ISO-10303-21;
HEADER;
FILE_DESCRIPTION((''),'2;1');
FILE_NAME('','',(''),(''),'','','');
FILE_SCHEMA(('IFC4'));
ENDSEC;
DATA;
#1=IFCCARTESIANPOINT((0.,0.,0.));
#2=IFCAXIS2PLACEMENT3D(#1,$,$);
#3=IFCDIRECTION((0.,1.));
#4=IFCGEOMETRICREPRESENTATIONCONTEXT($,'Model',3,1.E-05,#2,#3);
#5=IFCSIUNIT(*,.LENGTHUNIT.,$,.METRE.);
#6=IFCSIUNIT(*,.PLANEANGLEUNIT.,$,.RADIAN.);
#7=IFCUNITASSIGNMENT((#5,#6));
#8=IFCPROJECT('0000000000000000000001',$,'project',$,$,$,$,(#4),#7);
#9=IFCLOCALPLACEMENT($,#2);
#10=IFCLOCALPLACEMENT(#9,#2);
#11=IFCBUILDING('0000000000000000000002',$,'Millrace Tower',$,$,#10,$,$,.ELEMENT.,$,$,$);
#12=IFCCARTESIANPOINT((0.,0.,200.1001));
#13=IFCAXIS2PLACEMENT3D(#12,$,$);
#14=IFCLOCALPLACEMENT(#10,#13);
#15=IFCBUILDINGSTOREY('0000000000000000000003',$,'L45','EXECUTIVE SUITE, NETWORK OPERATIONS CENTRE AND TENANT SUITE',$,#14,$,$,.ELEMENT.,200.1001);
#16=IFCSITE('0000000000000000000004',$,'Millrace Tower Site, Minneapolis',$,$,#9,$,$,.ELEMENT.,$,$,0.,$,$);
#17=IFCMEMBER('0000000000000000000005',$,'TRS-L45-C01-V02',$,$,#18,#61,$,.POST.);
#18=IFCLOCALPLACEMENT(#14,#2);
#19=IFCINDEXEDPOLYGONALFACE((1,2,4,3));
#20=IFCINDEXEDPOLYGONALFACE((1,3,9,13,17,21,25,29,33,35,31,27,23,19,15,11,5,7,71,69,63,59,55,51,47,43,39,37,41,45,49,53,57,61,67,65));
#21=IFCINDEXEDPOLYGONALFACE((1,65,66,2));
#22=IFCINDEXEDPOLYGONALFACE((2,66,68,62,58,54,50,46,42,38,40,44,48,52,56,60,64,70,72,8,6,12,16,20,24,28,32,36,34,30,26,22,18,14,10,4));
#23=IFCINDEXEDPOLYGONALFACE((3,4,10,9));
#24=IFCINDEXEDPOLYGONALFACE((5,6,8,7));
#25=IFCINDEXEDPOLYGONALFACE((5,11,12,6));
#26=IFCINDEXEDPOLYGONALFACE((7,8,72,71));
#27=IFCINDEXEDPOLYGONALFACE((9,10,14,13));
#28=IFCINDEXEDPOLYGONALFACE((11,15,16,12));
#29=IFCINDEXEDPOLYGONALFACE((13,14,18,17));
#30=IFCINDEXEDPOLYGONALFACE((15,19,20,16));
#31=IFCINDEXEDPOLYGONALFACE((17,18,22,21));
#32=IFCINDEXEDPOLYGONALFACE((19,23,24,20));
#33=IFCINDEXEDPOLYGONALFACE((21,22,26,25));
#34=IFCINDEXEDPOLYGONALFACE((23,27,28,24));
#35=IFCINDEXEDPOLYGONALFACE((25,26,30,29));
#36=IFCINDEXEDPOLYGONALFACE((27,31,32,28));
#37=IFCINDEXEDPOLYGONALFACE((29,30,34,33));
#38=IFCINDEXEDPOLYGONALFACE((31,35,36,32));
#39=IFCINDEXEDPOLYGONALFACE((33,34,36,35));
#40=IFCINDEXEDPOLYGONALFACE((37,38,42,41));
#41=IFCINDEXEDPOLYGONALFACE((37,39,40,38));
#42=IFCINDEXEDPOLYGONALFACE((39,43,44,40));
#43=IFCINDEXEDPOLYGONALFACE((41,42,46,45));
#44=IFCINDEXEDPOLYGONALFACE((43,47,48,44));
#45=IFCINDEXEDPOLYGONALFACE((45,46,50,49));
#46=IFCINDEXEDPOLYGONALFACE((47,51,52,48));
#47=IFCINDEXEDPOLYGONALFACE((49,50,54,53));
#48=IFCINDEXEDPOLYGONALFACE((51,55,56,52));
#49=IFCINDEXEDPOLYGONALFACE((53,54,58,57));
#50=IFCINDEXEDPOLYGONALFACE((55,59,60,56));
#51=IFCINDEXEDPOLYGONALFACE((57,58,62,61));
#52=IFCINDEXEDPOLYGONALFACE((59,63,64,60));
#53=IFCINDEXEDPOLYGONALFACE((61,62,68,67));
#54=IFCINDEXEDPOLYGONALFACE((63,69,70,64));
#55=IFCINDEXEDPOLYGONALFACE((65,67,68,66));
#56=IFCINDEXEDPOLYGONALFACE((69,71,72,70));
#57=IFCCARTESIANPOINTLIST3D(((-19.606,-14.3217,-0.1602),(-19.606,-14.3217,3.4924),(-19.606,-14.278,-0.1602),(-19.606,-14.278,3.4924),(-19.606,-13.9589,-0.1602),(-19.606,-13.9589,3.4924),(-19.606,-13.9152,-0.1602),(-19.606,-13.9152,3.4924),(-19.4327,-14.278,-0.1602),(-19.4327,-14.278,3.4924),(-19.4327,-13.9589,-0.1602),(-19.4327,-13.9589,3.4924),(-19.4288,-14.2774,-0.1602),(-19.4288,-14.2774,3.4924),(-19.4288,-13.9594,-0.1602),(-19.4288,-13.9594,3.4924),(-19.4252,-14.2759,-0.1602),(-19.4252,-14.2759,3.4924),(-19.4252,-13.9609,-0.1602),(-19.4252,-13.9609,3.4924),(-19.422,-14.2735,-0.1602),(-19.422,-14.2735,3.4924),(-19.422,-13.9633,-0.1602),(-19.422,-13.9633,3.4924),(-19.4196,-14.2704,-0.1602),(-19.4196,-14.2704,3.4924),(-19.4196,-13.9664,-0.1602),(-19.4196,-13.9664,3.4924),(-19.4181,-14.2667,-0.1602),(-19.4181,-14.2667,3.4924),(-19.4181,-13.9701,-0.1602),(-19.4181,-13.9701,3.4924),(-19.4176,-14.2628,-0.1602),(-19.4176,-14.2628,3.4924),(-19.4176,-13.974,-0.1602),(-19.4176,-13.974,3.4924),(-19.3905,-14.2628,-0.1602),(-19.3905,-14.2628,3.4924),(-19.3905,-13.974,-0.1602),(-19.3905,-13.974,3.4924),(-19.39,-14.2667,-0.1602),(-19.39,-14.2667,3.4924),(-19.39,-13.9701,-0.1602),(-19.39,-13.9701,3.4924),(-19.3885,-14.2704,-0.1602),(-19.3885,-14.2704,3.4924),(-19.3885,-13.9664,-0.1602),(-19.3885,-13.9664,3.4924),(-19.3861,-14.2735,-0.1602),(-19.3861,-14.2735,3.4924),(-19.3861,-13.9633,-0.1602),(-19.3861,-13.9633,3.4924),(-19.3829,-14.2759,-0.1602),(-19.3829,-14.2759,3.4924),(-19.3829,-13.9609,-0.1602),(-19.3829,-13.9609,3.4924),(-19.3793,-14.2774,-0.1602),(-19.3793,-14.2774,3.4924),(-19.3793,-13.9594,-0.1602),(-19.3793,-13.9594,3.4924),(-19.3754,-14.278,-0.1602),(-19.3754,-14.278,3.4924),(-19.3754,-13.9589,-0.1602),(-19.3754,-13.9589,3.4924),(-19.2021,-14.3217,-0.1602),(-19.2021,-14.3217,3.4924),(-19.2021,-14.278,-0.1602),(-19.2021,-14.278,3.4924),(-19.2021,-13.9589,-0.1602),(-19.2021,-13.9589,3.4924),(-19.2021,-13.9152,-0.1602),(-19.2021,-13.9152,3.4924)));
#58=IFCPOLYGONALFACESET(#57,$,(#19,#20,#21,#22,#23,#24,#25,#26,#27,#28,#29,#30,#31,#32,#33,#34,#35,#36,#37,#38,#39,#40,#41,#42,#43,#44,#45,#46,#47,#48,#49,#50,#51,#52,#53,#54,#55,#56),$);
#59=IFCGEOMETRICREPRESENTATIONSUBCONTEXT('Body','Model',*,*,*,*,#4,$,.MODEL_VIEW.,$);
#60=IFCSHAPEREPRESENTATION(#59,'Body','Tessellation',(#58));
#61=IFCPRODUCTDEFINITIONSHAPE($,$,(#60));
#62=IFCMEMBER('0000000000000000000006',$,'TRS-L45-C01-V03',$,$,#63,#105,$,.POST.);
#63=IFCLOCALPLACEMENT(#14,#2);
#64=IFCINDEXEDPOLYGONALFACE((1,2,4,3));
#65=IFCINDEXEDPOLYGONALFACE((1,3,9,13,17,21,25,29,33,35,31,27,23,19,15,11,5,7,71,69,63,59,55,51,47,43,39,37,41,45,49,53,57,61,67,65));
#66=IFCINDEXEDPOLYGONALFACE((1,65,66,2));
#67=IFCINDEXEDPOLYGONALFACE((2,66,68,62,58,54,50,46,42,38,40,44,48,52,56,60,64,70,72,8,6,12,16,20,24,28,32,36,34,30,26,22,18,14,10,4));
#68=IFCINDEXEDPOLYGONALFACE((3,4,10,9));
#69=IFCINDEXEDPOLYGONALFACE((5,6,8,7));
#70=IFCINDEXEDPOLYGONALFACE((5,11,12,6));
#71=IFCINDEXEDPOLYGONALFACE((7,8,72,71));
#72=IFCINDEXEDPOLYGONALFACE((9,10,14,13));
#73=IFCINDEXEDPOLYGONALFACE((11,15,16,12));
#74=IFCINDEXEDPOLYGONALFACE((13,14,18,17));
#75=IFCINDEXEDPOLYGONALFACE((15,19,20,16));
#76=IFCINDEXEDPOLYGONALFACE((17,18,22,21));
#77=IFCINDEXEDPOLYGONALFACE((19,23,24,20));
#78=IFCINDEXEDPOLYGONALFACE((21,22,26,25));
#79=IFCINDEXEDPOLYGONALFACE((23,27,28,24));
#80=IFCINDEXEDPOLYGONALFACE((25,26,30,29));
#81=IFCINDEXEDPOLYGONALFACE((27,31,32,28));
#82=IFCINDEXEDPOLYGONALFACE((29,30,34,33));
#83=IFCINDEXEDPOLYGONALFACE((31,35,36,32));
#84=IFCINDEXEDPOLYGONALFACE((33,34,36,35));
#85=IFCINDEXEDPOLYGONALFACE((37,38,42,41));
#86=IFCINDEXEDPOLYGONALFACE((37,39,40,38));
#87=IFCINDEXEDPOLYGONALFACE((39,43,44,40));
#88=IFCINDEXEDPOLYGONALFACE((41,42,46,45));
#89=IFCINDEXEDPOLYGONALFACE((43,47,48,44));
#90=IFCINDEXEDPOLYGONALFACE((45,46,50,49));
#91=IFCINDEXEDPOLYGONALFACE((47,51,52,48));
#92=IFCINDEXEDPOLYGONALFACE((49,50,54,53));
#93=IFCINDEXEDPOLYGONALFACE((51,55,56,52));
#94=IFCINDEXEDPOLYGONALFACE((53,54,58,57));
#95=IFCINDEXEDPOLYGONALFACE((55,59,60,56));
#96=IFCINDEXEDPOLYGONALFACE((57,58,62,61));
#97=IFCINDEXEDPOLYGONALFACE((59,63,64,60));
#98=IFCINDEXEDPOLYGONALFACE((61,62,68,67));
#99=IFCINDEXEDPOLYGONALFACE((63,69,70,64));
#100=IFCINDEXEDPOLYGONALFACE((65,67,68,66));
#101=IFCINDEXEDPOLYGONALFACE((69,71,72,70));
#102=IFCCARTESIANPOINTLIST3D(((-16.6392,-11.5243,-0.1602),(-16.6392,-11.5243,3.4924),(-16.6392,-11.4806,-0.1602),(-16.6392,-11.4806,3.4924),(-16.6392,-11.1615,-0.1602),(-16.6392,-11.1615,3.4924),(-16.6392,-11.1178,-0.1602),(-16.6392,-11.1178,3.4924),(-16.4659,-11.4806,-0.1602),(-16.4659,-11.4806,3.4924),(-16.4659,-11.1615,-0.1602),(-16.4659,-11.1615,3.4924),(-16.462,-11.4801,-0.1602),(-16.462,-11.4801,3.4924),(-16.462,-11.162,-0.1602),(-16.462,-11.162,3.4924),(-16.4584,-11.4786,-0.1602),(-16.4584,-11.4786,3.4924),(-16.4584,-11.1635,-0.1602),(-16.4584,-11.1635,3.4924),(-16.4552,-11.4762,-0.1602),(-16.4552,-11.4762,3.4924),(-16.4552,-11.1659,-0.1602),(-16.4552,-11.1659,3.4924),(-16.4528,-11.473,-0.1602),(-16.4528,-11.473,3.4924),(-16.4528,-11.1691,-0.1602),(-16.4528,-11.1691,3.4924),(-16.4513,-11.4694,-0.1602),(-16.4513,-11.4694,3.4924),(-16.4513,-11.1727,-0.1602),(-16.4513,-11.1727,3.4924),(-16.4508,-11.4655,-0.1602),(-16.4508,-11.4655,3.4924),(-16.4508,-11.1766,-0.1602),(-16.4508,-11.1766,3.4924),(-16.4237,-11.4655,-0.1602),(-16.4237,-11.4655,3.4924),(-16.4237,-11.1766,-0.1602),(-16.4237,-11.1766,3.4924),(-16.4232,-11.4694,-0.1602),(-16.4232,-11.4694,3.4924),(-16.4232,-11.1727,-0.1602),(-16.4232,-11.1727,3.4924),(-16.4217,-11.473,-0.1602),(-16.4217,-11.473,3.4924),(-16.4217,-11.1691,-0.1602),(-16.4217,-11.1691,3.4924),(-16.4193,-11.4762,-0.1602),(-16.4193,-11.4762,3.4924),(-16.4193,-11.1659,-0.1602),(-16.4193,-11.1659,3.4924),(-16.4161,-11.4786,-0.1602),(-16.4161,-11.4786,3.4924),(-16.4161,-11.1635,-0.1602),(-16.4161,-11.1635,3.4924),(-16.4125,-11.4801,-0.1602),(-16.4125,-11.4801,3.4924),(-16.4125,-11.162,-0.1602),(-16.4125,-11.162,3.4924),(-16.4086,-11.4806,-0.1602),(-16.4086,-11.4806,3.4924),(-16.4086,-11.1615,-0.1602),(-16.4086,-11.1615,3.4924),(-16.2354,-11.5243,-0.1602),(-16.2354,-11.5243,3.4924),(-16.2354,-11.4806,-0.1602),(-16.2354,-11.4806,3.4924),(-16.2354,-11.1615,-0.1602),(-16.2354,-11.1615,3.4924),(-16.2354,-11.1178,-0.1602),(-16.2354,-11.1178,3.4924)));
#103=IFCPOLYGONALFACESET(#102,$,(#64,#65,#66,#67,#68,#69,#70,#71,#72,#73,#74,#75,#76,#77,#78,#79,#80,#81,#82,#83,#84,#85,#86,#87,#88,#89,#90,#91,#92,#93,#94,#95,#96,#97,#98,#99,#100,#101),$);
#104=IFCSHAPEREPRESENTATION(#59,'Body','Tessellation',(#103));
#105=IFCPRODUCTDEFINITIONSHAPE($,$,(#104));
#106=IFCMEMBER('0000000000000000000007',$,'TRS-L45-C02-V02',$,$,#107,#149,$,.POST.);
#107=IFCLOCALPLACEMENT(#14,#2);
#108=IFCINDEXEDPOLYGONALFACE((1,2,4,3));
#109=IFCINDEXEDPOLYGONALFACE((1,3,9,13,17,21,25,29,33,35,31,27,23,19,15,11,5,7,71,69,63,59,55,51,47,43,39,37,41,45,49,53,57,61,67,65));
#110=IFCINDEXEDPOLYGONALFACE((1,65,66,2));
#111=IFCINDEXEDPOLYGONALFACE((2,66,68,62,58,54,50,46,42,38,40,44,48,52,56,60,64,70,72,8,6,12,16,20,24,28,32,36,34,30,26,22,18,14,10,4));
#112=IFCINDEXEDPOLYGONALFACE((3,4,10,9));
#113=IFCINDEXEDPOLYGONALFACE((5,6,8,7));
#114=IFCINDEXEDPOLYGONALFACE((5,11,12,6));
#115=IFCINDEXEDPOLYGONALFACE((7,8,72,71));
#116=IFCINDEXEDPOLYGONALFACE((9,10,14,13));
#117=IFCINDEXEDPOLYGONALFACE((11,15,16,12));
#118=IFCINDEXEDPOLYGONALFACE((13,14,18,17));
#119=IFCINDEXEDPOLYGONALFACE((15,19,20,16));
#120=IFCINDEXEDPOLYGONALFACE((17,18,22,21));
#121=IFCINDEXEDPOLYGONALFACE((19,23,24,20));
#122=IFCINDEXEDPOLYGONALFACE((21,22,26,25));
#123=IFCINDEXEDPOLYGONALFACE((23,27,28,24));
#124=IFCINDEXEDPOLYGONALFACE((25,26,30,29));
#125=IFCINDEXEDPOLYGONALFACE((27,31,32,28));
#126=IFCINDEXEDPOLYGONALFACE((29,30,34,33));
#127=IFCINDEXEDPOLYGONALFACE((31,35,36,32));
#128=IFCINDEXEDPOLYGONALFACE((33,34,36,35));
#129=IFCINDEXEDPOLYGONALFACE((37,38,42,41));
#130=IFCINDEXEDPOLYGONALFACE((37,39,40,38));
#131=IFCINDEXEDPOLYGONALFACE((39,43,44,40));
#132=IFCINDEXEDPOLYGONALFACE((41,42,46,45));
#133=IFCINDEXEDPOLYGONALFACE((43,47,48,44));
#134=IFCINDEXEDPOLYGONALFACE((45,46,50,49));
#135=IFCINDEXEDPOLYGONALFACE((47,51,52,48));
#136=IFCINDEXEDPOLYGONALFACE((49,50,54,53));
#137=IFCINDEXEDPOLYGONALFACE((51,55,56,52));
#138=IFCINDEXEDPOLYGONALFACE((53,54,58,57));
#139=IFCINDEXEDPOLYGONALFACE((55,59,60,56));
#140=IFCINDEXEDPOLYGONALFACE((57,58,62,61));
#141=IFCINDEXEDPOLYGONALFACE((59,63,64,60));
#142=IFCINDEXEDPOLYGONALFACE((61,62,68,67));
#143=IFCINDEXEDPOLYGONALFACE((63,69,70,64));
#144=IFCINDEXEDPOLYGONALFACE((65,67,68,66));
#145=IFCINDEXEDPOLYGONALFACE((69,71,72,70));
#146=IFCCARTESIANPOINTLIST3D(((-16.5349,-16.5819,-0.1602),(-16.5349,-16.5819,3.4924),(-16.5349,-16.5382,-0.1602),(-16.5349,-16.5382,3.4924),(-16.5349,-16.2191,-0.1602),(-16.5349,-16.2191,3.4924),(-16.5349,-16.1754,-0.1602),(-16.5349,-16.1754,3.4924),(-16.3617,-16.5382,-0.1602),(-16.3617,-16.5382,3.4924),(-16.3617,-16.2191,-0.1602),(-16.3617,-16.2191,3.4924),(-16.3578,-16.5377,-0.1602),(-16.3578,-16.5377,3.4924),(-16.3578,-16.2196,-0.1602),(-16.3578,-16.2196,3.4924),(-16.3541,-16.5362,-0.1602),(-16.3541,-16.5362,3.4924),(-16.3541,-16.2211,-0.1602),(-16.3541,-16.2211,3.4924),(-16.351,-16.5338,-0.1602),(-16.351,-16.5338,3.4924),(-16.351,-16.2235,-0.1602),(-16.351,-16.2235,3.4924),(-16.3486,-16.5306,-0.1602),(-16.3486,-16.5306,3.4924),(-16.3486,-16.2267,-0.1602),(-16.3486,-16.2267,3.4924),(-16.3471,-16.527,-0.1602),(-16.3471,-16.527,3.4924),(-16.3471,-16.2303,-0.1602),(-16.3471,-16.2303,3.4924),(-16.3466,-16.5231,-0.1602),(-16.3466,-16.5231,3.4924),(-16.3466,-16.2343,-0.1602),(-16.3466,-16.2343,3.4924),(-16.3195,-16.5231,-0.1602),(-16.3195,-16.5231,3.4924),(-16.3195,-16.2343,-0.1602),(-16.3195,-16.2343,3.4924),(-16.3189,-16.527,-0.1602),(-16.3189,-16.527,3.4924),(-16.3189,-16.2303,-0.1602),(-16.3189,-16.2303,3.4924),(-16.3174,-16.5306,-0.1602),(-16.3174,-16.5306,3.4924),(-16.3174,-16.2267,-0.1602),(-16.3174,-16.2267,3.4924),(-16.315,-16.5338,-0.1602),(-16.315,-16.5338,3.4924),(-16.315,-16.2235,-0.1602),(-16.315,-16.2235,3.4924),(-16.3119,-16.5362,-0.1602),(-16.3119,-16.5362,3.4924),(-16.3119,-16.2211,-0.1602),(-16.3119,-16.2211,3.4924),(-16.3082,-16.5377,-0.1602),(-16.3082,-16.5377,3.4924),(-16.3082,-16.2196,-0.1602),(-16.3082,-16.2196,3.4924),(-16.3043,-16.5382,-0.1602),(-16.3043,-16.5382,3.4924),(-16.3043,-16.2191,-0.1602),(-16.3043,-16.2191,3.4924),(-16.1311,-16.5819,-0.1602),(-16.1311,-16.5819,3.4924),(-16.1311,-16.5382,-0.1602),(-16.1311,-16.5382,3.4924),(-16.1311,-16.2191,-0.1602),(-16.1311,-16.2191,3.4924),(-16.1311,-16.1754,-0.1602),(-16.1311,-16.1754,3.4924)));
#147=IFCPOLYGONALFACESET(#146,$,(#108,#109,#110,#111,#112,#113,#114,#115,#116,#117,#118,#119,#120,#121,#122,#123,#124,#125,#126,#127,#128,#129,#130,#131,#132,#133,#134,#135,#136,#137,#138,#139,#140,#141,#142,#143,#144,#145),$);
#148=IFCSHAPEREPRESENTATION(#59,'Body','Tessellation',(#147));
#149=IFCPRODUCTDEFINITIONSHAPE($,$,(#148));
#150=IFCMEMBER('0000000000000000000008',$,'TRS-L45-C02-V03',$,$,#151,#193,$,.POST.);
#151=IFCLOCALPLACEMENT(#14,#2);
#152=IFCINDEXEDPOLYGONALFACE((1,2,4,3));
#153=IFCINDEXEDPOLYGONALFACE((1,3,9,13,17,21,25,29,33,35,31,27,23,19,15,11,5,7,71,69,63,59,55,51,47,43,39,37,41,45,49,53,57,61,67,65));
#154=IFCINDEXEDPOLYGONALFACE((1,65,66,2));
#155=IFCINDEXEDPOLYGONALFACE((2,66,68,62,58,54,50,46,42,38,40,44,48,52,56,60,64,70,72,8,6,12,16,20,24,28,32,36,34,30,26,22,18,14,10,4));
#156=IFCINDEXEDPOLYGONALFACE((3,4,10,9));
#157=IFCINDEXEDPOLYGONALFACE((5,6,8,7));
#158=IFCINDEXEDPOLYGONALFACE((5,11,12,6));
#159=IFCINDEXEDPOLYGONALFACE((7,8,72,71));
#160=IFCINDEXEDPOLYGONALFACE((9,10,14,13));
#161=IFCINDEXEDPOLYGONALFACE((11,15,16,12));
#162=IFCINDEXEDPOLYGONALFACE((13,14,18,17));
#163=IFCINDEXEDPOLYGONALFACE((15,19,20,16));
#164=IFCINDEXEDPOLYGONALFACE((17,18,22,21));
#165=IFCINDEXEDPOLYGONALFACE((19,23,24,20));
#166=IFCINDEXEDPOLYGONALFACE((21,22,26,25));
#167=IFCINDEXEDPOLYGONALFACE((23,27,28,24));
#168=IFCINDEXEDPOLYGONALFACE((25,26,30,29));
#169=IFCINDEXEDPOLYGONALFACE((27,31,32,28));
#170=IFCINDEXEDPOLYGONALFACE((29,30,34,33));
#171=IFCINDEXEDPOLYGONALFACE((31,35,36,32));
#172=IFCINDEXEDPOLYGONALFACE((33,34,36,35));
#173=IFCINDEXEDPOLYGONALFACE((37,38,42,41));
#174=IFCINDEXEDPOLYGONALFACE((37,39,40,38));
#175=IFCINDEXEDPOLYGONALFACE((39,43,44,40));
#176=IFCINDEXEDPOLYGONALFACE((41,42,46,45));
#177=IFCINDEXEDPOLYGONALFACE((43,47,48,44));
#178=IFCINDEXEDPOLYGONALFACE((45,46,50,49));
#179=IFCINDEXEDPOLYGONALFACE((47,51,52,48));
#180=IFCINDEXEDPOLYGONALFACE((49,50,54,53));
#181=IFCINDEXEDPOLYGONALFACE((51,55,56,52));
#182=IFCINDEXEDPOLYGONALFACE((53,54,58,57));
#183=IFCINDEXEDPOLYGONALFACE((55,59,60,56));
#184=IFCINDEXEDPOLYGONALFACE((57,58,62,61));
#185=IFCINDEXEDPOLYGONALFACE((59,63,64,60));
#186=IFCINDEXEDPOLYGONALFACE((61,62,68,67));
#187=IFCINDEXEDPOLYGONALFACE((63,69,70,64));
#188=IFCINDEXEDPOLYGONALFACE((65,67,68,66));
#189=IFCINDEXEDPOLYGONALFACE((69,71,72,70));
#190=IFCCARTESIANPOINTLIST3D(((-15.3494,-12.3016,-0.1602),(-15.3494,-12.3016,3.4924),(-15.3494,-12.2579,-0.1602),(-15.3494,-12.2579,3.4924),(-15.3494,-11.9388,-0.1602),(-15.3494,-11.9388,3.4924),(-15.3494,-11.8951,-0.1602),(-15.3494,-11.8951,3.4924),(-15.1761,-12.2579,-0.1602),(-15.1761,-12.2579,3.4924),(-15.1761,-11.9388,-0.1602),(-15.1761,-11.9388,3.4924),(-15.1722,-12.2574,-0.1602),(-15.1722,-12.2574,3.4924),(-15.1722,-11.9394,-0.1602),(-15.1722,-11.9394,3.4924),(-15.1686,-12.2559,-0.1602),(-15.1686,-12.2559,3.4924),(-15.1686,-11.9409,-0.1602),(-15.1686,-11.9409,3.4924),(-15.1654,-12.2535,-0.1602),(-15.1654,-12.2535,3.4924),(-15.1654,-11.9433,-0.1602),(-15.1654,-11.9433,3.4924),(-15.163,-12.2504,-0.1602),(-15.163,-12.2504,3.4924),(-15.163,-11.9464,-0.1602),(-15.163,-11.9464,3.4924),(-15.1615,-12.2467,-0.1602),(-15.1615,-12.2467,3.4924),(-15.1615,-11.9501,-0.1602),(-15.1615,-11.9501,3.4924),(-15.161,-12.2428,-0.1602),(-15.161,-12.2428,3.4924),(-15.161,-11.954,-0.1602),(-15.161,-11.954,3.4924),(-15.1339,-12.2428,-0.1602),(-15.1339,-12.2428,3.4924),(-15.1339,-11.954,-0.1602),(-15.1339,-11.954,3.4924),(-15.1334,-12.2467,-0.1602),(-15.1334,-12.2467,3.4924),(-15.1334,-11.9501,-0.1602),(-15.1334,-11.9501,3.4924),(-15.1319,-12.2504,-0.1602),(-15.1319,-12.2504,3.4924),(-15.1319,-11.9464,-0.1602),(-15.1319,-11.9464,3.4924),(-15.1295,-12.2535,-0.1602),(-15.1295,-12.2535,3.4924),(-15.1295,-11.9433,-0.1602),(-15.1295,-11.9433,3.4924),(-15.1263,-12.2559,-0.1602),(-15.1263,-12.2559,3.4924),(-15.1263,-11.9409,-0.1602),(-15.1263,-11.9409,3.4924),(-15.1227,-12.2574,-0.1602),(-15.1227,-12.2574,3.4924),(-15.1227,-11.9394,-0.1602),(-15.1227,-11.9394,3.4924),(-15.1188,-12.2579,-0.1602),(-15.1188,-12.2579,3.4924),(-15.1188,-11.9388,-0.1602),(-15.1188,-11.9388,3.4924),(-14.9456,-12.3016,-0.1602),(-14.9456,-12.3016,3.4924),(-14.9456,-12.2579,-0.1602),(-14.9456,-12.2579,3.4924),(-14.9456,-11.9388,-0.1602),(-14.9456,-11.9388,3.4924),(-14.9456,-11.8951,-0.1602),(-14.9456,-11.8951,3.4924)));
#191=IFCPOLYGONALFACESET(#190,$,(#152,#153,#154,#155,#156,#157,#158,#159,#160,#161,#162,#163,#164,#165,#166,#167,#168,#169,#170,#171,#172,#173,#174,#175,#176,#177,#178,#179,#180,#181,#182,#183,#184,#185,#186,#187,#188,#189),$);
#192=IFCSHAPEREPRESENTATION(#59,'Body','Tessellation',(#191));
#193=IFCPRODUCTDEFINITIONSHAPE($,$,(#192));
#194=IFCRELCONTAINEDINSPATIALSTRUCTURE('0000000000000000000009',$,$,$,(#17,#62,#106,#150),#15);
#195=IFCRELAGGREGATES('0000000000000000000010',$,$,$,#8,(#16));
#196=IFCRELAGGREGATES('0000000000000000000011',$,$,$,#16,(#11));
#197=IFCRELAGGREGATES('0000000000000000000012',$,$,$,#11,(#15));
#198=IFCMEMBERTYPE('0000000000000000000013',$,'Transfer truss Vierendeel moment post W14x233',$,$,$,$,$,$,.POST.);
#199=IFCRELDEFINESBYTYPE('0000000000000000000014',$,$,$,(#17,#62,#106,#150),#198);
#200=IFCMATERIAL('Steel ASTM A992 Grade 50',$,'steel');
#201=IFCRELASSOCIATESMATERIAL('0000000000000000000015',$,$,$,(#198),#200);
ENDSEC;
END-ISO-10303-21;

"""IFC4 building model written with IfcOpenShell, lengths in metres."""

from ifc_helpers import new_model, si_unit, direction, frame, origin, origin_2d, place, context, subcontext, project, spatial, i_section, extrude, material, material_profile, profile_set, type_object, element, save


model = new_model("IFC4")

# Units and contexts
model_context = context("Model", 3, precision=1e-05, world=origin(), true_north=direction((0.0, 1.0)))
body_context = subcontext(model_context, "Body", "Model", "MODEL_VIEW")
ifc_project = project(units=[si_unit("LENGTHUNIT", "METRE"), si_unit("PLANEANGLEUNIT", "RADIAN")], contexts=[model_context])

# Site, building, storey
site_placement = place(None, origin())
site = spatial("IfcSite", under=ifc_project, at=site_placement, Name="Millrace Tower Site, Minneapolis", CompositionType="ELEMENT", RefElevation=0.0)
building_placement = place(site_placement, origin())
building = spatial("IfcBuilding", under=site, at=building_placement, Name="Millrace Tower", CompositionType="ELEMENT")
storey_placement = place(building_placement, frame((0.0, 0.0, 200.1001)))
storey = spatial("IfcBuildingStorey", under=building, at=storey_placement, Name="L45", Description="EXECUTIVE SUITE, NETWORK OPERATIONS CENTRE AND TENANT SUITE", CompositionType="ELEMENT", Elevation=200.1001)

# Members
ifc_material_1 = material(Name="Steel ASTM A992 Grade 50", Category="steel")
ifc_material_profile_1 = material_profile(ifc_material_1, i_section(OverallWidth=0.4038, OverallDepth=0.4065, WebThickness=0.0271, FlangeThickness=0.0437, FilletRadius=0.0151, at=origin_2d()))
ifc_profile_set_1 = profile_set([ifc_material_profile_1], Name="Steel ASTM A992 Grade 50")
member_type = type_object("IfcMemberType", Name="Transfer truss Vierendeel moment post W14x233", PredefinedType="POST", material=ifc_profile_set_1)
for number, where, z_axis, x_axis, name in (
    (1, (-19.4041, -14.1184, -0.1602), (0.0, 0.0, 1.0), (1.0, 0.0, 0.0), "TRS-L45-C01-V02"),
    (2, (-16.4373, -11.321, -0.1602), (0.0, 0.0, 1.0), (1.0, 0.0, 0.0), "TRS-L45-C01-V03"),
    (3, (-16.333, -16.3787, -0.1602), (0.0, 0.0, 1.0), (1.0, 0.0, 0.0), "TRS-L45-C02-V02"),
    (4, (-15.1475, -12.0984, -0.1602), (0.0, 0.0, 1.0), (1.0, 0.0, 0.0), "TRS-L45-C02-V03"),
):
    element("IfcMember", number, at=place(storey_placement, frame(where, z_axis=z_axis, x_axis=x_axis)), inside=storey, type_object=member_type, Name=name, PredefinedType="POST", context=body_context, shape_type="SweptSolid", body=[
        extrude(i_section(OverallWidth=0.4038, OverallDepth=0.4065, WebThickness=0.0271, FlangeThickness=0.0437, FilletRadius=0.0151, at=origin_2d()), origin(), (0.0, 0.0, 1.0), 3.6526),
    ])

save(model, "model.ifc")
